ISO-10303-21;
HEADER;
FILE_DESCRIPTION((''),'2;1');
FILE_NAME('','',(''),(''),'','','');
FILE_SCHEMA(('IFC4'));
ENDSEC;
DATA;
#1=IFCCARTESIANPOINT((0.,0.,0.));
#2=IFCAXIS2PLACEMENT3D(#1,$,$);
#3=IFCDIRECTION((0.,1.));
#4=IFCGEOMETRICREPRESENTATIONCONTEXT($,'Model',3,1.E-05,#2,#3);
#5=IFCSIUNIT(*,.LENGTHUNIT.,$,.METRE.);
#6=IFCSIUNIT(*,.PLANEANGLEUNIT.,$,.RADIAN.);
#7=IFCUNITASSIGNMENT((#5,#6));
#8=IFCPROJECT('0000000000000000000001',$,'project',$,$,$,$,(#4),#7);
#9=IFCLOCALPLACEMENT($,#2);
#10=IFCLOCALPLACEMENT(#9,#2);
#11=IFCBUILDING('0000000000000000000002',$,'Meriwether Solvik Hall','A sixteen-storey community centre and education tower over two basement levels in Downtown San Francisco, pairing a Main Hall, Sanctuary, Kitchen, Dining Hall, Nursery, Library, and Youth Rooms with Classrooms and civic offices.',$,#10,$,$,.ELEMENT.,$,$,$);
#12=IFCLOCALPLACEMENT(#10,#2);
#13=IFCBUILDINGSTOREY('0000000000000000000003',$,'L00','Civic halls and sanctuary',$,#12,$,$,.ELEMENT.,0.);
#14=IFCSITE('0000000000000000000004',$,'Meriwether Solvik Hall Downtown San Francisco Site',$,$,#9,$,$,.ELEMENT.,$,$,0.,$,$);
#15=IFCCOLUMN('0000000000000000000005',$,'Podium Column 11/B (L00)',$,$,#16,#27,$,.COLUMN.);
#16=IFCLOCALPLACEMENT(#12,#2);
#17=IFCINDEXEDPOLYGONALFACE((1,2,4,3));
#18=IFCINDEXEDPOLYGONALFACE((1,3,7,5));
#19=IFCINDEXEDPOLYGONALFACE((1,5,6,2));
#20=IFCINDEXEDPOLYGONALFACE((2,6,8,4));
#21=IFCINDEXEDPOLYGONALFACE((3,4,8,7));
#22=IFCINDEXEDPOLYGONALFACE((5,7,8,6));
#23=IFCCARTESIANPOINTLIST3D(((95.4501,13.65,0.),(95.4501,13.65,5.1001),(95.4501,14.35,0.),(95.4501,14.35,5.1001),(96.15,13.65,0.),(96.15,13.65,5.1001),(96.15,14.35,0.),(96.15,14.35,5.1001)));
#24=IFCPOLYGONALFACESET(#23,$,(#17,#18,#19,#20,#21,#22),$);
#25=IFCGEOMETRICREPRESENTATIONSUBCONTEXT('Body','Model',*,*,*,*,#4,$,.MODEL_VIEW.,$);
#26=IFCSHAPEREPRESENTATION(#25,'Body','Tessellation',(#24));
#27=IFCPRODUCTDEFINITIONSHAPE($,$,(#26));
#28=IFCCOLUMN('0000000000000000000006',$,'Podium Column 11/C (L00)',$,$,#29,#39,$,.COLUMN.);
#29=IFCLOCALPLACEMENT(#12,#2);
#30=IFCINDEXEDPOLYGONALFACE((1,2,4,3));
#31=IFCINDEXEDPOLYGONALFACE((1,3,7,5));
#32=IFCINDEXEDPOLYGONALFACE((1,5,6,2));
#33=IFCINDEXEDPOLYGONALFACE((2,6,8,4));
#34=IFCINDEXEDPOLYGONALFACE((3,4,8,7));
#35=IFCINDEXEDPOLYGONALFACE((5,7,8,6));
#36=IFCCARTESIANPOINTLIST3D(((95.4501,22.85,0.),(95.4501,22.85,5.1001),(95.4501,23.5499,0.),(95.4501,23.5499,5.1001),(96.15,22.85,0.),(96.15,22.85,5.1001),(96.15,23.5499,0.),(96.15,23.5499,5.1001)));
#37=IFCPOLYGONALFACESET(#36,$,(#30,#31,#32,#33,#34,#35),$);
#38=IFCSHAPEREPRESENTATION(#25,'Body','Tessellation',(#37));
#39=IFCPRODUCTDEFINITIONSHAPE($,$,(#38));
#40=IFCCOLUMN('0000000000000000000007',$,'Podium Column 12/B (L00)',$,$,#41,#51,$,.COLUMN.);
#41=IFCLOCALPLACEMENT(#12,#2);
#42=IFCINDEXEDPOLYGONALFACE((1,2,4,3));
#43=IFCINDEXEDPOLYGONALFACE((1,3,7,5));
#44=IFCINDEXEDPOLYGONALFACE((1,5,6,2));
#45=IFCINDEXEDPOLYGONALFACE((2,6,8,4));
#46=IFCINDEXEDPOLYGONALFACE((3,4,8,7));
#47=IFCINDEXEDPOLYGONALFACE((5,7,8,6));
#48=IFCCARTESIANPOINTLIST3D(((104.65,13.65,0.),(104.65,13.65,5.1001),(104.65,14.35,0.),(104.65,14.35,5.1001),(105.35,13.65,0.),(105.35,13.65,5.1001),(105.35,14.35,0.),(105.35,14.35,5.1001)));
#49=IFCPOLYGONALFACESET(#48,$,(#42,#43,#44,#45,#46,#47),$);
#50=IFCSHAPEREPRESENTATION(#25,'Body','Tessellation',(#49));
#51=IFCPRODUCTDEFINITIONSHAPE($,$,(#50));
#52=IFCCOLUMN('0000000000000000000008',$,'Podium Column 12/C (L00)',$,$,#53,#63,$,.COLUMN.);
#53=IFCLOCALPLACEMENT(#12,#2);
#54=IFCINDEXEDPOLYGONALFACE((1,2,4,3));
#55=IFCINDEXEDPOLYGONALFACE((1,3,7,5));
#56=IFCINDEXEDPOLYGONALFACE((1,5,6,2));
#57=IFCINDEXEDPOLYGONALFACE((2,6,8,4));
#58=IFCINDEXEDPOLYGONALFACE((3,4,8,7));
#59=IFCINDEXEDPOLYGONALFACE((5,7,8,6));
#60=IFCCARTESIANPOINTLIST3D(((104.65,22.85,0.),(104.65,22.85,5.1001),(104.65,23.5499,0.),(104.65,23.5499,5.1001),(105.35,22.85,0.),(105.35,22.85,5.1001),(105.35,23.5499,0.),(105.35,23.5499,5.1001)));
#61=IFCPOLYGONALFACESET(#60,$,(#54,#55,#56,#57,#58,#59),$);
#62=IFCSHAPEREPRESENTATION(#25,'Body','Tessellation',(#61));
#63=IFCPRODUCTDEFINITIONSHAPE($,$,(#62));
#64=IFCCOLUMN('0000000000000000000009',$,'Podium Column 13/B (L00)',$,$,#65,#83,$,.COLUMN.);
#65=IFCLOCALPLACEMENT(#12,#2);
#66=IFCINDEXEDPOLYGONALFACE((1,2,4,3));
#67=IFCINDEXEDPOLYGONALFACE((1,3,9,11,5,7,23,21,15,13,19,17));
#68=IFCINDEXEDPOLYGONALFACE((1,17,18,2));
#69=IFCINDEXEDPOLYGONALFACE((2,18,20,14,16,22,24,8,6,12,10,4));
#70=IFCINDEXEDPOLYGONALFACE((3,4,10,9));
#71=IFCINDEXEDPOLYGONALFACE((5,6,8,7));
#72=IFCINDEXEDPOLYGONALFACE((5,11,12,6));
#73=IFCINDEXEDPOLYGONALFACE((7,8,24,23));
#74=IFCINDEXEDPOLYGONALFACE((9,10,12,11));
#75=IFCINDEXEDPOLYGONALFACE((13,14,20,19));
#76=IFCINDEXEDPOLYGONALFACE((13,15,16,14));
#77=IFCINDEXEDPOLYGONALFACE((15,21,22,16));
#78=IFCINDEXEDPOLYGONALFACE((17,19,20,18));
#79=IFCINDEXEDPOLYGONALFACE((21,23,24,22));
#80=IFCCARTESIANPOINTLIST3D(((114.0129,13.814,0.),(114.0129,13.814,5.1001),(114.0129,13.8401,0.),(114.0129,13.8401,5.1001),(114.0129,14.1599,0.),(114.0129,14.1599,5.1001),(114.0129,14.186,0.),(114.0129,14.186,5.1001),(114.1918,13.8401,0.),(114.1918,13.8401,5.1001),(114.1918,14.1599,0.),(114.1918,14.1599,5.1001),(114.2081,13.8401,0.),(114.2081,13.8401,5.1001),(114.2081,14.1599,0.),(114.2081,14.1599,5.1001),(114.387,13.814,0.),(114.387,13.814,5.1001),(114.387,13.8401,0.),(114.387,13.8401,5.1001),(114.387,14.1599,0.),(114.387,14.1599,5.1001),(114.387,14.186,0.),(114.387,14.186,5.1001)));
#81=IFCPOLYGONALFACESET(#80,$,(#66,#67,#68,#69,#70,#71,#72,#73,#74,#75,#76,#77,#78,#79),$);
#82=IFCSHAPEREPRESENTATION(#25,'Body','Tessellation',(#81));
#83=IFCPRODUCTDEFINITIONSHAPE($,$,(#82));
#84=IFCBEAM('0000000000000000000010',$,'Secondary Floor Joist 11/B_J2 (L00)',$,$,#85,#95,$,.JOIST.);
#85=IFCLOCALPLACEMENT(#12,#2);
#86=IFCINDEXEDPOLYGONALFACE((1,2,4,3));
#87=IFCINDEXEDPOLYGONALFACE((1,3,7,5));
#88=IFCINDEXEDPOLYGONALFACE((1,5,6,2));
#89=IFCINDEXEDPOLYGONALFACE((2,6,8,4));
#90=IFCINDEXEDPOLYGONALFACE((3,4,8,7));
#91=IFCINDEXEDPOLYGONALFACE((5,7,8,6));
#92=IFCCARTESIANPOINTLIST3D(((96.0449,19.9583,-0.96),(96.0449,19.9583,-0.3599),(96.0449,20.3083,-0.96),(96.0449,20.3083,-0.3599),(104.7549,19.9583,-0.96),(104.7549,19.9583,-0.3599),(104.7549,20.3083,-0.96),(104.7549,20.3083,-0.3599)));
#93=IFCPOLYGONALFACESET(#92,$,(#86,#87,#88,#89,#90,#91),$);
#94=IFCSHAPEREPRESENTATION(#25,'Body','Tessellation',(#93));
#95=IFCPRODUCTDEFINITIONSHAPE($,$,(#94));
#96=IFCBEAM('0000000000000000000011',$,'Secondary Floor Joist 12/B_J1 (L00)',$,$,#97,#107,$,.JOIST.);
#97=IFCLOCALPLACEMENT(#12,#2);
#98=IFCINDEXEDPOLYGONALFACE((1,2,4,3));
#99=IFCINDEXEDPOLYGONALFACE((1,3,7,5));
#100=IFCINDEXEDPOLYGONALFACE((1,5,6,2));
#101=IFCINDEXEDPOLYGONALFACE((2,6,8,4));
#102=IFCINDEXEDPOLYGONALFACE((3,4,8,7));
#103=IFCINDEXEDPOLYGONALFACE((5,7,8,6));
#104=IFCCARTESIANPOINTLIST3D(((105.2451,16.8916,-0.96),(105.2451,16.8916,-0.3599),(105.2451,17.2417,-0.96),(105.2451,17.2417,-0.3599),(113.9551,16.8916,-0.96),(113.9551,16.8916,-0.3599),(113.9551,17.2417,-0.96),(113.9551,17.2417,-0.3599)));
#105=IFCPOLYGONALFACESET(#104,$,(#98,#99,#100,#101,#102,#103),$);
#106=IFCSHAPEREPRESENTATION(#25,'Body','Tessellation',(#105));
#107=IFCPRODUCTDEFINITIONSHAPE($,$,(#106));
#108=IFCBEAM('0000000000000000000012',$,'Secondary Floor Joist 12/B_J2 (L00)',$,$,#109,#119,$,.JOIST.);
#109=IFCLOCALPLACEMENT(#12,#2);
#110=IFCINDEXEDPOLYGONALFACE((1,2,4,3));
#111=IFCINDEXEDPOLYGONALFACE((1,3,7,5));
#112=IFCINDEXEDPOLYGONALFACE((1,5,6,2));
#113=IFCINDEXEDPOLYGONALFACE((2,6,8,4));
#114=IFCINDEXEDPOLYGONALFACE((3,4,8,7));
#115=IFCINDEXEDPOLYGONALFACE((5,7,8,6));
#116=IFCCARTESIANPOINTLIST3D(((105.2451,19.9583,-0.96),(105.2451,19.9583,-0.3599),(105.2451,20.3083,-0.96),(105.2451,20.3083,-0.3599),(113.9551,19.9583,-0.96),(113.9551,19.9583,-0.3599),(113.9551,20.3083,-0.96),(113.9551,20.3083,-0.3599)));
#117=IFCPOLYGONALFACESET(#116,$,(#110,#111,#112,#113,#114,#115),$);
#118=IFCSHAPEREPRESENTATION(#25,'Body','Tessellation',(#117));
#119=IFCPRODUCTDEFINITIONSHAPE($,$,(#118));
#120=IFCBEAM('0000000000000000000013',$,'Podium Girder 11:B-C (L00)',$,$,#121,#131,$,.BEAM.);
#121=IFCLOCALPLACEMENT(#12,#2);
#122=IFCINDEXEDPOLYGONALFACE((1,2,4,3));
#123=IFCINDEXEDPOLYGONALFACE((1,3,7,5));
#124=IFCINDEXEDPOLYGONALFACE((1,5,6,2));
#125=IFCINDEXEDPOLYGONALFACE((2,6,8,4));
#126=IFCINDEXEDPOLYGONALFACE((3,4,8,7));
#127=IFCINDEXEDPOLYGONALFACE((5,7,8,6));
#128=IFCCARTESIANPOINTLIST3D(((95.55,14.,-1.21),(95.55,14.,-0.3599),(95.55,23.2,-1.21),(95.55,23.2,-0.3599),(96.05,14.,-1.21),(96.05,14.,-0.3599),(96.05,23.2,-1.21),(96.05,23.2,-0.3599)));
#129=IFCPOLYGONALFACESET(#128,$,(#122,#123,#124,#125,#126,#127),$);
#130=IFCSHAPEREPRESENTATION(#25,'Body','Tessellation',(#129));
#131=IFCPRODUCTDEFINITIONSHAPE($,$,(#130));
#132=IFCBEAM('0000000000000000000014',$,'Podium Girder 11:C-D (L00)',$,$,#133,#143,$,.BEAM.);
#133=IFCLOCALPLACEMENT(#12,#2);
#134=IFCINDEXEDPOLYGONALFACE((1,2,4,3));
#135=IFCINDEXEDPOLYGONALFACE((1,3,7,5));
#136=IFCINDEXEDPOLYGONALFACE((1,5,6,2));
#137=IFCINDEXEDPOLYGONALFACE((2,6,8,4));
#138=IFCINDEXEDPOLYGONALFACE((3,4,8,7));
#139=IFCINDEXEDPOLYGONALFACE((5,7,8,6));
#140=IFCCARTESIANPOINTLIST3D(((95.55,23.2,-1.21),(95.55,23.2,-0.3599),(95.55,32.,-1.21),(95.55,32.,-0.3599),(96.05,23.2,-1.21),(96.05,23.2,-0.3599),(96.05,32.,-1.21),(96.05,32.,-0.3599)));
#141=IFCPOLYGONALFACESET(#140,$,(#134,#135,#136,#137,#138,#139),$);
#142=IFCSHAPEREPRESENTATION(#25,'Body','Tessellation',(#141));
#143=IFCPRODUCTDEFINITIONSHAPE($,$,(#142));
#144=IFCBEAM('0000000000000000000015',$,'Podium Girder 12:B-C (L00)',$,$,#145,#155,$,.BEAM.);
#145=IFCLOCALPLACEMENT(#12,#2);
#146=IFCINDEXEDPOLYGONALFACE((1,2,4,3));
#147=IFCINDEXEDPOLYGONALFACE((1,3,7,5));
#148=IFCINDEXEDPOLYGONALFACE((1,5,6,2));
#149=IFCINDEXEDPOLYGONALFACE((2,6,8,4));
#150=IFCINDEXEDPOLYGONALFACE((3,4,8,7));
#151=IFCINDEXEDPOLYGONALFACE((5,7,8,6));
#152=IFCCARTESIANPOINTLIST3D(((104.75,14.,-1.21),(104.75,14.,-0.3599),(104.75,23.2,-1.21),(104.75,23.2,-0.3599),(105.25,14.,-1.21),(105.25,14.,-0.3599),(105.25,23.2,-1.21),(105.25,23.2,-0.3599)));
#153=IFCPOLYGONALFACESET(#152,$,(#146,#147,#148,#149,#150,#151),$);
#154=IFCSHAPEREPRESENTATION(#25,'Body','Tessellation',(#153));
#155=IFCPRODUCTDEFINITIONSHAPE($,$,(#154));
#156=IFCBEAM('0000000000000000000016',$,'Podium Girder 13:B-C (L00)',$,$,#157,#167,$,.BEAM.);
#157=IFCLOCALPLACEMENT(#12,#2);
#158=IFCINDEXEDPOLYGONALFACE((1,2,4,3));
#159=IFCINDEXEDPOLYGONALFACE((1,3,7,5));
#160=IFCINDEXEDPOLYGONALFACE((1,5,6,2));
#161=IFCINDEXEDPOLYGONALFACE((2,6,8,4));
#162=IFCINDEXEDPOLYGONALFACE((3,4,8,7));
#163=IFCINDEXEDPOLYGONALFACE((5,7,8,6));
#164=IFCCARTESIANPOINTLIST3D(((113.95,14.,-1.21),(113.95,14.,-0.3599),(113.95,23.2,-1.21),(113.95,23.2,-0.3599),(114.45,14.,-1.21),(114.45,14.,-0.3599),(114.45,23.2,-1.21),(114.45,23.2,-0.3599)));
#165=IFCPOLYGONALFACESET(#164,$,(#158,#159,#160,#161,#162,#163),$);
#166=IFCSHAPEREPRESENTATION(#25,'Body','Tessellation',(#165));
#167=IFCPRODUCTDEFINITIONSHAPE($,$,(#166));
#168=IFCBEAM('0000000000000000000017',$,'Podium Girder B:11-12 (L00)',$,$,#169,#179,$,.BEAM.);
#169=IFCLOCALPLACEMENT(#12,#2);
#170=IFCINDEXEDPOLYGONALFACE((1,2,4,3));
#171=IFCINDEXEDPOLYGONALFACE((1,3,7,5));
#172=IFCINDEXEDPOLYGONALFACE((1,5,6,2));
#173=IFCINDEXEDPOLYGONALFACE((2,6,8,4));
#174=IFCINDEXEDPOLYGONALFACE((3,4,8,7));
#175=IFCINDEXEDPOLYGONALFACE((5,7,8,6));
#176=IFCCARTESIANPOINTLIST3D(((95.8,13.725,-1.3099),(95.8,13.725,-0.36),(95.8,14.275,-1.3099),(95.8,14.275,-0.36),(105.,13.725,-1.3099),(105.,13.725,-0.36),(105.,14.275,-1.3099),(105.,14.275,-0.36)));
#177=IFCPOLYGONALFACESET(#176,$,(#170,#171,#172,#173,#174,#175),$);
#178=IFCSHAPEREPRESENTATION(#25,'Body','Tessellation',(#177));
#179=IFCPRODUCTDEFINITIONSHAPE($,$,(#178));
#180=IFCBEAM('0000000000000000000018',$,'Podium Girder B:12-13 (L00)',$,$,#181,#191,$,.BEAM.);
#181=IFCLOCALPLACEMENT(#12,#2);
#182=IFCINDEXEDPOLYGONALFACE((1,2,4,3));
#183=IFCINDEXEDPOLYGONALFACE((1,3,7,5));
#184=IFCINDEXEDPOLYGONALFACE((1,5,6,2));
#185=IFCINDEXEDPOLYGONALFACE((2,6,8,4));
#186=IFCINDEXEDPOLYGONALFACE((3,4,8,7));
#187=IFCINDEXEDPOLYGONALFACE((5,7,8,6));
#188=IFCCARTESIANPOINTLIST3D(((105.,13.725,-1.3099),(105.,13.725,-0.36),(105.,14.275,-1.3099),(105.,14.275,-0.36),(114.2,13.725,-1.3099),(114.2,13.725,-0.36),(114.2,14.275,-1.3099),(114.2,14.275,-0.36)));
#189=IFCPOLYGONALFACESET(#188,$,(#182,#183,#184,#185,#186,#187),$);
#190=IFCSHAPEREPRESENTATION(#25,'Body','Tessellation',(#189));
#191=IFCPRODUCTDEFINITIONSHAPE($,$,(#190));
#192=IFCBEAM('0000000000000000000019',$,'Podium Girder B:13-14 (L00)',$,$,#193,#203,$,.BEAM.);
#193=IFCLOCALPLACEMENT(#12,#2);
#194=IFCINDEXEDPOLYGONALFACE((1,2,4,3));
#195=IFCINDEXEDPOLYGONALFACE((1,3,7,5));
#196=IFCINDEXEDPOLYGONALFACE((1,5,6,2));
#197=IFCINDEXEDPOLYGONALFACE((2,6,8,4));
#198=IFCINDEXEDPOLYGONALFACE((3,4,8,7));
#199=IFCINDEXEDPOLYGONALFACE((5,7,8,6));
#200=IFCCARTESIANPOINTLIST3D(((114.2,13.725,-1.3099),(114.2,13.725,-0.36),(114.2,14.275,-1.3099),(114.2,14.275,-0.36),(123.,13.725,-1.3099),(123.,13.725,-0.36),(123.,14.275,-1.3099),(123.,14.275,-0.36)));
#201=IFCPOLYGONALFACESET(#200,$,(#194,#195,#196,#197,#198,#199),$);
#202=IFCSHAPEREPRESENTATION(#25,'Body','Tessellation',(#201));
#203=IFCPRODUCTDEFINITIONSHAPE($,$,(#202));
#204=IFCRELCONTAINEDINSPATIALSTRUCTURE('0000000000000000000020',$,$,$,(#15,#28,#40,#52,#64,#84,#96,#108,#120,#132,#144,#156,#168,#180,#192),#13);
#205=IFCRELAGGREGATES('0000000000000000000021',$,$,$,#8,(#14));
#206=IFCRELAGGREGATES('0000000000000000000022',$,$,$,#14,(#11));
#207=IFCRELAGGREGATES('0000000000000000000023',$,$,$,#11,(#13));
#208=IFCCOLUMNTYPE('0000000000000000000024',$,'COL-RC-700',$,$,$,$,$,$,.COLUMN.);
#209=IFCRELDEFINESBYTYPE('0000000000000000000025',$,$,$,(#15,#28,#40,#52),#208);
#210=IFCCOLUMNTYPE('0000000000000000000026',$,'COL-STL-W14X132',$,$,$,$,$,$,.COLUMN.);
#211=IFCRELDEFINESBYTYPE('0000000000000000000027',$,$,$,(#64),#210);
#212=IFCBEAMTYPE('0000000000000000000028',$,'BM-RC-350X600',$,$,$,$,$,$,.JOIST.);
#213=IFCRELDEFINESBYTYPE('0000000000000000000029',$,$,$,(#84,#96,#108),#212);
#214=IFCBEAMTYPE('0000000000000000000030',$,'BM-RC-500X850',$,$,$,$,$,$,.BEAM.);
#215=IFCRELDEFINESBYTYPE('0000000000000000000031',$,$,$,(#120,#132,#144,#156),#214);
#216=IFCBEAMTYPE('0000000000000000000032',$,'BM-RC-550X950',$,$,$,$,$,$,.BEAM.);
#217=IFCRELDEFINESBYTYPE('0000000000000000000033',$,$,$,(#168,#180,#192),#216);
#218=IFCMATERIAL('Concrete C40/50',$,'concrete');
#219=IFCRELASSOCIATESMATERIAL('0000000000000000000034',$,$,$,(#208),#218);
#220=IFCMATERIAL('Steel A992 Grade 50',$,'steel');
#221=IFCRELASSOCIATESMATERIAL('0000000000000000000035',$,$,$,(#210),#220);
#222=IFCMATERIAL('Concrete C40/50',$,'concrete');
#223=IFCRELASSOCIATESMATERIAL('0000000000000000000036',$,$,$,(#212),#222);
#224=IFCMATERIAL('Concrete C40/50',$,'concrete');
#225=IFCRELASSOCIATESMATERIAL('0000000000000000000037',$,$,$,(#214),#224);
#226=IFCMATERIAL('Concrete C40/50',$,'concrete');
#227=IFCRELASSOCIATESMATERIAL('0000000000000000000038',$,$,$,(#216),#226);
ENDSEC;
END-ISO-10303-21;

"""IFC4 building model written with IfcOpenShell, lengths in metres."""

from ifc_helpers import new_model, si_unit, direction, frame, origin, origin_2d, place, context, subcontext, project, spatial, rectangle, i_section, extrude, material, material_profile, profile_set, type_object, element, save


model = new_model("IFC4")

# Units and contexts
model_context = context("Model", 3, precision=1e-05, world=origin(), true_north=direction((0.0, 1.0)))
body_context = subcontext(model_context, "Body", "Model", "MODEL_VIEW")
ifc_project = project(units=[si_unit("LENGTHUNIT", "METRE"), si_unit("PLANEANGLEUNIT", "RADIAN")], contexts=[model_context])

# Site, building, storey
site_placement = place(None, origin())
site = spatial("IfcSite", under=ifc_project, at=site_placement, Name="Meriwether Solvik Hall Downtown San Francisco Site", CompositionType="ELEMENT", RefElevation=0.0)
building_placement = place(site_placement, origin())
building = spatial("IfcBuilding", under=site, at=building_placement, Name="Meriwether Solvik Hall", Description="A sixteen-storey community centre and education tower over two basement levels in Downtown San Francisco, pairing a Main Hall, Sanctuary, Kitchen, Dining Hall, Nursery, Library, and Youth Rooms with Classrooms and civic offices.", CompositionType="ELEMENT")
storey_placement = place(building_placement, origin())
storey = spatial("IfcBuildingStorey", under=building, at=storey_placement, Name="L00", Description="Civic halls and sanctuary", CompositionType="ELEMENT", Elevation=0.0)

# Columns
ifc_material_1 = material(Name="Concrete C40/50", Category="concrete")
ifc_material_profile_1 = material_profile(ifc_material_1, rectangle(XDim=0.7, YDim=0.7, at=origin_2d()), Name="RCC-700X700")
ifc_profile_set_1 = profile_set([ifc_material_profile_1], Name="Concrete C40/50")
column_type_1 = type_object("IfcColumnType", Name="COL-RC-700", PredefinedType="COLUMN", material=ifc_profile_set_1)
for number, where, z_axis, x_axis, name in (
    (1, (95.8, 14.0, 0.0), (0.0, 0.0, 1.0), (1.0, 0.0, 0.0), "Podium Column 11/B (L00)"),
    (2, (95.8, 23.2, 0.0), (0.0, 0.0, 1.0), (1.0, 0.0, 0.0), "Podium Column 11/C (L00)"),
    (3, (105.0, 14.0, 0.0), (0.0, 0.0, 1.0), (1.0, 0.0, 0.0), "Podium Column 12/B (L00)"),
    (4, (105.0, 23.2, 0.0), (0.0, 0.0, 1.0), (1.0, 0.0, 0.0), "Podium Column 12/C (L00)"),
):
    element("IfcColumn", number, at=place(storey_placement, frame(where, z_axis=z_axis, x_axis=x_axis)), inside=storey, type_object=column_type_1, Name=name, PredefinedType="COLUMN", context=body_context, shape_type="SweptSolid", body=[
        extrude(rectangle(XDim=0.7, YDim=0.7, at=origin_2d()), origin(), (0.0, 0.0, 1.0), 5.1001),
    ])
ifc_material_2 = material(Name="Steel A992 Grade 50", Category="steel")
ifc_material_profile_2 = material_profile(ifc_material_2, i_section(OverallWidth=0.374, OverallDepth=0.3721, WebThickness=0.0164, FlangeThickness=0.0261, at=origin_2d()), Name="W14X132")
ifc_profile_set_2 = profile_set([ifc_material_profile_2], Name="Steel A992 Grade 50")
column_type_2 = type_object("IfcColumnType", Name="COL-STL-W14X132", PredefinedType="COLUMN", material=ifc_profile_set_2)
column_placement = place(storey_placement, frame((114.2, 14.0, 0.0), z_axis=(0.0, 0.0, 1.0), x_axis=(1.0, 0.0, 0.0)))
element("IfcColumn", 5, at=column_placement, inside=storey, type_object=column_type_2, Name="Podium Column 13/B (L00)", PredefinedType="COLUMN", context=body_context, shape_type="SweptSolid", body=[
    extrude(i_section(OverallWidth=0.374, OverallDepth=0.3721, WebThickness=0.0164, FlangeThickness=0.0261, at=origin_2d()), origin(), (0.0, 0.0, 1.0), 5.1001),
])

# Beams
ifc_material_3 = material(Name="Concrete C40/50", Category="concrete")
ifc_material_profile_3 = material_profile(ifc_material_3, rectangle(XDim=0.3501, YDim=0.6001, at=origin_2d()), Name="RCB-350X600")
ifc_profile_set_3 = profile_set([ifc_material_profile_3], Name="Concrete C40/50")
beam_type_1 = type_object("IfcBeamType", Name="BM-RC-350X600", PredefinedType="JOIST", material=ifc_profile_set_3)
for number, where, z_axis, x_axis, name in (
    (6, (96.0449, 20.1333, -0.6599), (1.0, 0.0, 0.0), (0.0, 1.0, 0.0), "Secondary Floor Joist 11/B_J2 (L00)"),
    (7, (105.2451, 17.0667, -0.6599), (1.0, 0.0, 0.0), (0.0, 1.0, 0.0), "Secondary Floor Joist 12/B_J1 (L00)"),
    (8, (105.2451, 20.1333, -0.6599), (1.0, 0.0, 0.0), (0.0, 1.0, 0.0), "Secondary Floor Joist 12/B_J2 (L00)"),
):
    element("IfcBeam", number, at=place(storey_placement, frame(where, z_axis=z_axis, x_axis=x_axis)), inside=storey, type_object=beam_type_1, Name=name, PredefinedType="JOIST", context=body_context, shape_type="SweptSolid", body=[
        extrude(rectangle(XDim=0.3501, YDim=0.6001, at=origin_2d()), origin(), (0.0, 0.0, 1.0), 8.71),
    ])
ifc_material_4 = material(Name="Concrete C40/50", Category="concrete")
ifc_material_profile_4 = material_profile(ifc_material_4, rectangle(XDim=0.5, YDim=0.8501, at=origin_2d()), Name="RCB-500X850")
ifc_profile_set_4 = profile_set([ifc_material_profile_4], Name="Concrete C40/50")
beam_type_2 = type_object("IfcBeamType", Name="BM-RC-500X850", PredefinedType="BEAM", material=ifc_profile_set_4)
beam_1_placement = place(storey_placement, frame((95.8, 14.0, -0.7849), z_axis=(0.0, 1.0, 0.0), x_axis=(-1.0, 0.0, 0.0)))
element("IfcBeam", 9, at=beam_1_placement, inside=storey, type_object=beam_type_2, Name="Podium Girder 11:B-C (L00)", PredefinedType="BEAM", context=body_context, shape_type="SweptSolid", body=[
    extrude(rectangle(XDim=0.5, YDim=0.8501, at=origin_2d()), origin(), (0.0, 0.0, 1.0), 9.2),
])
beam_2_placement = place(storey_placement, frame((95.8, 23.2, -0.7849), z_axis=(0.0, 1.0, 0.0), x_axis=(-1.0, 0.0, 0.0)))
element("IfcBeam", 10, at=beam_2_placement, inside=storey, type_object=beam_type_2, Name="Podium Girder 11:C-D (L00)", PredefinedType="BEAM", context=body_context, shape_type="SweptSolid", body=[
    extrude(rectangle(XDim=0.5, YDim=0.8501, at=origin_2d()), origin(), (0.0, 0.0, 1.0), 8.8),
])
for number, where, z_axis, x_axis, name in (
    (11, (105.0, 14.0, -0.7849), (0.0, 1.0, 0.0), (-1.0, 0.0, 0.0), "Podium Girder 12:B-C (L00)"),
    (12, (114.2, 14.0, -0.7849), (0.0, 1.0, 0.0), (-1.0, 0.0, 0.0), "Podium Girder 13:B-C (L00)"),
):
    element("IfcBeam", number, at=place(storey_placement, frame(where, z_axis=z_axis, x_axis=x_axis)), inside=storey, type_object=beam_type_2, Name=name, PredefinedType="BEAM", context=body_context, shape_type="SweptSolid", body=[
        extrude(rectangle(XDim=0.5, YDim=0.8501, at=origin_2d()), origin(), (0.0, 0.0, 1.0), 9.2),
    ])
ifc_material_5 = material(Name="Concrete C40/50", Category="concrete")
ifc_material_profile_5 = material_profile(ifc_material_5, rectangle(XDim=0.55, YDim=0.95, at=origin_2d()), Name="RCB-550X950")
ifc_profile_set_5 = profile_set([ifc_material_profile_5], Name="Concrete C40/50")
beam_type_3 = type_object("IfcBeamType", Name="BM-RC-550X950", PredefinedType="BEAM", material=ifc_profile_set_5)
for number, where, z_axis, x_axis, name in (
    (13, (95.8, 14.0, -0.835), (1.0, 0.0, 0.0), (0.0, 1.0, 0.0), "Podium Girder B:11-12 (L00)"),
    (14, (105.0, 14.0, -0.835), (1.0, 0.0, 0.0), (0.0, 1.0, 0.0), "Podium Girder B:12-13 (L00)"),
):
    element("IfcBeam", number, at=place(storey_placement, frame(where, z_axis=z_axis, x_axis=x_axis)), inside=storey, type_object=beam_type_3, Name=name, PredefinedType="BEAM", context=body_context, shape_type="SweptSolid", body=[
        extrude(rectangle(XDim=0.55, YDim=0.95, at=origin_2d()), origin(), (0.0, 0.0, 1.0), 9.2),
    ])
beam_3_placement = place(storey_placement, frame((114.2, 14.0, -0.835), z_axis=(1.0, 0.0, 0.0), x_axis=(0.0, 1.0, 0.0)))
element("IfcBeam", 15, at=beam_3_placement, inside=storey, type_object=beam_type_3, Name="Podium Girder B:13-14 (L00)", PredefinedType="BEAM", context=body_context, shape_type="SweptSolid", body=[
    extrude(rectangle(XDim=0.55, YDim=0.95, at=origin_2d()), origin(), (0.0, 0.0, 1.0), 8.8),
])

save(model, "model.ifc")
